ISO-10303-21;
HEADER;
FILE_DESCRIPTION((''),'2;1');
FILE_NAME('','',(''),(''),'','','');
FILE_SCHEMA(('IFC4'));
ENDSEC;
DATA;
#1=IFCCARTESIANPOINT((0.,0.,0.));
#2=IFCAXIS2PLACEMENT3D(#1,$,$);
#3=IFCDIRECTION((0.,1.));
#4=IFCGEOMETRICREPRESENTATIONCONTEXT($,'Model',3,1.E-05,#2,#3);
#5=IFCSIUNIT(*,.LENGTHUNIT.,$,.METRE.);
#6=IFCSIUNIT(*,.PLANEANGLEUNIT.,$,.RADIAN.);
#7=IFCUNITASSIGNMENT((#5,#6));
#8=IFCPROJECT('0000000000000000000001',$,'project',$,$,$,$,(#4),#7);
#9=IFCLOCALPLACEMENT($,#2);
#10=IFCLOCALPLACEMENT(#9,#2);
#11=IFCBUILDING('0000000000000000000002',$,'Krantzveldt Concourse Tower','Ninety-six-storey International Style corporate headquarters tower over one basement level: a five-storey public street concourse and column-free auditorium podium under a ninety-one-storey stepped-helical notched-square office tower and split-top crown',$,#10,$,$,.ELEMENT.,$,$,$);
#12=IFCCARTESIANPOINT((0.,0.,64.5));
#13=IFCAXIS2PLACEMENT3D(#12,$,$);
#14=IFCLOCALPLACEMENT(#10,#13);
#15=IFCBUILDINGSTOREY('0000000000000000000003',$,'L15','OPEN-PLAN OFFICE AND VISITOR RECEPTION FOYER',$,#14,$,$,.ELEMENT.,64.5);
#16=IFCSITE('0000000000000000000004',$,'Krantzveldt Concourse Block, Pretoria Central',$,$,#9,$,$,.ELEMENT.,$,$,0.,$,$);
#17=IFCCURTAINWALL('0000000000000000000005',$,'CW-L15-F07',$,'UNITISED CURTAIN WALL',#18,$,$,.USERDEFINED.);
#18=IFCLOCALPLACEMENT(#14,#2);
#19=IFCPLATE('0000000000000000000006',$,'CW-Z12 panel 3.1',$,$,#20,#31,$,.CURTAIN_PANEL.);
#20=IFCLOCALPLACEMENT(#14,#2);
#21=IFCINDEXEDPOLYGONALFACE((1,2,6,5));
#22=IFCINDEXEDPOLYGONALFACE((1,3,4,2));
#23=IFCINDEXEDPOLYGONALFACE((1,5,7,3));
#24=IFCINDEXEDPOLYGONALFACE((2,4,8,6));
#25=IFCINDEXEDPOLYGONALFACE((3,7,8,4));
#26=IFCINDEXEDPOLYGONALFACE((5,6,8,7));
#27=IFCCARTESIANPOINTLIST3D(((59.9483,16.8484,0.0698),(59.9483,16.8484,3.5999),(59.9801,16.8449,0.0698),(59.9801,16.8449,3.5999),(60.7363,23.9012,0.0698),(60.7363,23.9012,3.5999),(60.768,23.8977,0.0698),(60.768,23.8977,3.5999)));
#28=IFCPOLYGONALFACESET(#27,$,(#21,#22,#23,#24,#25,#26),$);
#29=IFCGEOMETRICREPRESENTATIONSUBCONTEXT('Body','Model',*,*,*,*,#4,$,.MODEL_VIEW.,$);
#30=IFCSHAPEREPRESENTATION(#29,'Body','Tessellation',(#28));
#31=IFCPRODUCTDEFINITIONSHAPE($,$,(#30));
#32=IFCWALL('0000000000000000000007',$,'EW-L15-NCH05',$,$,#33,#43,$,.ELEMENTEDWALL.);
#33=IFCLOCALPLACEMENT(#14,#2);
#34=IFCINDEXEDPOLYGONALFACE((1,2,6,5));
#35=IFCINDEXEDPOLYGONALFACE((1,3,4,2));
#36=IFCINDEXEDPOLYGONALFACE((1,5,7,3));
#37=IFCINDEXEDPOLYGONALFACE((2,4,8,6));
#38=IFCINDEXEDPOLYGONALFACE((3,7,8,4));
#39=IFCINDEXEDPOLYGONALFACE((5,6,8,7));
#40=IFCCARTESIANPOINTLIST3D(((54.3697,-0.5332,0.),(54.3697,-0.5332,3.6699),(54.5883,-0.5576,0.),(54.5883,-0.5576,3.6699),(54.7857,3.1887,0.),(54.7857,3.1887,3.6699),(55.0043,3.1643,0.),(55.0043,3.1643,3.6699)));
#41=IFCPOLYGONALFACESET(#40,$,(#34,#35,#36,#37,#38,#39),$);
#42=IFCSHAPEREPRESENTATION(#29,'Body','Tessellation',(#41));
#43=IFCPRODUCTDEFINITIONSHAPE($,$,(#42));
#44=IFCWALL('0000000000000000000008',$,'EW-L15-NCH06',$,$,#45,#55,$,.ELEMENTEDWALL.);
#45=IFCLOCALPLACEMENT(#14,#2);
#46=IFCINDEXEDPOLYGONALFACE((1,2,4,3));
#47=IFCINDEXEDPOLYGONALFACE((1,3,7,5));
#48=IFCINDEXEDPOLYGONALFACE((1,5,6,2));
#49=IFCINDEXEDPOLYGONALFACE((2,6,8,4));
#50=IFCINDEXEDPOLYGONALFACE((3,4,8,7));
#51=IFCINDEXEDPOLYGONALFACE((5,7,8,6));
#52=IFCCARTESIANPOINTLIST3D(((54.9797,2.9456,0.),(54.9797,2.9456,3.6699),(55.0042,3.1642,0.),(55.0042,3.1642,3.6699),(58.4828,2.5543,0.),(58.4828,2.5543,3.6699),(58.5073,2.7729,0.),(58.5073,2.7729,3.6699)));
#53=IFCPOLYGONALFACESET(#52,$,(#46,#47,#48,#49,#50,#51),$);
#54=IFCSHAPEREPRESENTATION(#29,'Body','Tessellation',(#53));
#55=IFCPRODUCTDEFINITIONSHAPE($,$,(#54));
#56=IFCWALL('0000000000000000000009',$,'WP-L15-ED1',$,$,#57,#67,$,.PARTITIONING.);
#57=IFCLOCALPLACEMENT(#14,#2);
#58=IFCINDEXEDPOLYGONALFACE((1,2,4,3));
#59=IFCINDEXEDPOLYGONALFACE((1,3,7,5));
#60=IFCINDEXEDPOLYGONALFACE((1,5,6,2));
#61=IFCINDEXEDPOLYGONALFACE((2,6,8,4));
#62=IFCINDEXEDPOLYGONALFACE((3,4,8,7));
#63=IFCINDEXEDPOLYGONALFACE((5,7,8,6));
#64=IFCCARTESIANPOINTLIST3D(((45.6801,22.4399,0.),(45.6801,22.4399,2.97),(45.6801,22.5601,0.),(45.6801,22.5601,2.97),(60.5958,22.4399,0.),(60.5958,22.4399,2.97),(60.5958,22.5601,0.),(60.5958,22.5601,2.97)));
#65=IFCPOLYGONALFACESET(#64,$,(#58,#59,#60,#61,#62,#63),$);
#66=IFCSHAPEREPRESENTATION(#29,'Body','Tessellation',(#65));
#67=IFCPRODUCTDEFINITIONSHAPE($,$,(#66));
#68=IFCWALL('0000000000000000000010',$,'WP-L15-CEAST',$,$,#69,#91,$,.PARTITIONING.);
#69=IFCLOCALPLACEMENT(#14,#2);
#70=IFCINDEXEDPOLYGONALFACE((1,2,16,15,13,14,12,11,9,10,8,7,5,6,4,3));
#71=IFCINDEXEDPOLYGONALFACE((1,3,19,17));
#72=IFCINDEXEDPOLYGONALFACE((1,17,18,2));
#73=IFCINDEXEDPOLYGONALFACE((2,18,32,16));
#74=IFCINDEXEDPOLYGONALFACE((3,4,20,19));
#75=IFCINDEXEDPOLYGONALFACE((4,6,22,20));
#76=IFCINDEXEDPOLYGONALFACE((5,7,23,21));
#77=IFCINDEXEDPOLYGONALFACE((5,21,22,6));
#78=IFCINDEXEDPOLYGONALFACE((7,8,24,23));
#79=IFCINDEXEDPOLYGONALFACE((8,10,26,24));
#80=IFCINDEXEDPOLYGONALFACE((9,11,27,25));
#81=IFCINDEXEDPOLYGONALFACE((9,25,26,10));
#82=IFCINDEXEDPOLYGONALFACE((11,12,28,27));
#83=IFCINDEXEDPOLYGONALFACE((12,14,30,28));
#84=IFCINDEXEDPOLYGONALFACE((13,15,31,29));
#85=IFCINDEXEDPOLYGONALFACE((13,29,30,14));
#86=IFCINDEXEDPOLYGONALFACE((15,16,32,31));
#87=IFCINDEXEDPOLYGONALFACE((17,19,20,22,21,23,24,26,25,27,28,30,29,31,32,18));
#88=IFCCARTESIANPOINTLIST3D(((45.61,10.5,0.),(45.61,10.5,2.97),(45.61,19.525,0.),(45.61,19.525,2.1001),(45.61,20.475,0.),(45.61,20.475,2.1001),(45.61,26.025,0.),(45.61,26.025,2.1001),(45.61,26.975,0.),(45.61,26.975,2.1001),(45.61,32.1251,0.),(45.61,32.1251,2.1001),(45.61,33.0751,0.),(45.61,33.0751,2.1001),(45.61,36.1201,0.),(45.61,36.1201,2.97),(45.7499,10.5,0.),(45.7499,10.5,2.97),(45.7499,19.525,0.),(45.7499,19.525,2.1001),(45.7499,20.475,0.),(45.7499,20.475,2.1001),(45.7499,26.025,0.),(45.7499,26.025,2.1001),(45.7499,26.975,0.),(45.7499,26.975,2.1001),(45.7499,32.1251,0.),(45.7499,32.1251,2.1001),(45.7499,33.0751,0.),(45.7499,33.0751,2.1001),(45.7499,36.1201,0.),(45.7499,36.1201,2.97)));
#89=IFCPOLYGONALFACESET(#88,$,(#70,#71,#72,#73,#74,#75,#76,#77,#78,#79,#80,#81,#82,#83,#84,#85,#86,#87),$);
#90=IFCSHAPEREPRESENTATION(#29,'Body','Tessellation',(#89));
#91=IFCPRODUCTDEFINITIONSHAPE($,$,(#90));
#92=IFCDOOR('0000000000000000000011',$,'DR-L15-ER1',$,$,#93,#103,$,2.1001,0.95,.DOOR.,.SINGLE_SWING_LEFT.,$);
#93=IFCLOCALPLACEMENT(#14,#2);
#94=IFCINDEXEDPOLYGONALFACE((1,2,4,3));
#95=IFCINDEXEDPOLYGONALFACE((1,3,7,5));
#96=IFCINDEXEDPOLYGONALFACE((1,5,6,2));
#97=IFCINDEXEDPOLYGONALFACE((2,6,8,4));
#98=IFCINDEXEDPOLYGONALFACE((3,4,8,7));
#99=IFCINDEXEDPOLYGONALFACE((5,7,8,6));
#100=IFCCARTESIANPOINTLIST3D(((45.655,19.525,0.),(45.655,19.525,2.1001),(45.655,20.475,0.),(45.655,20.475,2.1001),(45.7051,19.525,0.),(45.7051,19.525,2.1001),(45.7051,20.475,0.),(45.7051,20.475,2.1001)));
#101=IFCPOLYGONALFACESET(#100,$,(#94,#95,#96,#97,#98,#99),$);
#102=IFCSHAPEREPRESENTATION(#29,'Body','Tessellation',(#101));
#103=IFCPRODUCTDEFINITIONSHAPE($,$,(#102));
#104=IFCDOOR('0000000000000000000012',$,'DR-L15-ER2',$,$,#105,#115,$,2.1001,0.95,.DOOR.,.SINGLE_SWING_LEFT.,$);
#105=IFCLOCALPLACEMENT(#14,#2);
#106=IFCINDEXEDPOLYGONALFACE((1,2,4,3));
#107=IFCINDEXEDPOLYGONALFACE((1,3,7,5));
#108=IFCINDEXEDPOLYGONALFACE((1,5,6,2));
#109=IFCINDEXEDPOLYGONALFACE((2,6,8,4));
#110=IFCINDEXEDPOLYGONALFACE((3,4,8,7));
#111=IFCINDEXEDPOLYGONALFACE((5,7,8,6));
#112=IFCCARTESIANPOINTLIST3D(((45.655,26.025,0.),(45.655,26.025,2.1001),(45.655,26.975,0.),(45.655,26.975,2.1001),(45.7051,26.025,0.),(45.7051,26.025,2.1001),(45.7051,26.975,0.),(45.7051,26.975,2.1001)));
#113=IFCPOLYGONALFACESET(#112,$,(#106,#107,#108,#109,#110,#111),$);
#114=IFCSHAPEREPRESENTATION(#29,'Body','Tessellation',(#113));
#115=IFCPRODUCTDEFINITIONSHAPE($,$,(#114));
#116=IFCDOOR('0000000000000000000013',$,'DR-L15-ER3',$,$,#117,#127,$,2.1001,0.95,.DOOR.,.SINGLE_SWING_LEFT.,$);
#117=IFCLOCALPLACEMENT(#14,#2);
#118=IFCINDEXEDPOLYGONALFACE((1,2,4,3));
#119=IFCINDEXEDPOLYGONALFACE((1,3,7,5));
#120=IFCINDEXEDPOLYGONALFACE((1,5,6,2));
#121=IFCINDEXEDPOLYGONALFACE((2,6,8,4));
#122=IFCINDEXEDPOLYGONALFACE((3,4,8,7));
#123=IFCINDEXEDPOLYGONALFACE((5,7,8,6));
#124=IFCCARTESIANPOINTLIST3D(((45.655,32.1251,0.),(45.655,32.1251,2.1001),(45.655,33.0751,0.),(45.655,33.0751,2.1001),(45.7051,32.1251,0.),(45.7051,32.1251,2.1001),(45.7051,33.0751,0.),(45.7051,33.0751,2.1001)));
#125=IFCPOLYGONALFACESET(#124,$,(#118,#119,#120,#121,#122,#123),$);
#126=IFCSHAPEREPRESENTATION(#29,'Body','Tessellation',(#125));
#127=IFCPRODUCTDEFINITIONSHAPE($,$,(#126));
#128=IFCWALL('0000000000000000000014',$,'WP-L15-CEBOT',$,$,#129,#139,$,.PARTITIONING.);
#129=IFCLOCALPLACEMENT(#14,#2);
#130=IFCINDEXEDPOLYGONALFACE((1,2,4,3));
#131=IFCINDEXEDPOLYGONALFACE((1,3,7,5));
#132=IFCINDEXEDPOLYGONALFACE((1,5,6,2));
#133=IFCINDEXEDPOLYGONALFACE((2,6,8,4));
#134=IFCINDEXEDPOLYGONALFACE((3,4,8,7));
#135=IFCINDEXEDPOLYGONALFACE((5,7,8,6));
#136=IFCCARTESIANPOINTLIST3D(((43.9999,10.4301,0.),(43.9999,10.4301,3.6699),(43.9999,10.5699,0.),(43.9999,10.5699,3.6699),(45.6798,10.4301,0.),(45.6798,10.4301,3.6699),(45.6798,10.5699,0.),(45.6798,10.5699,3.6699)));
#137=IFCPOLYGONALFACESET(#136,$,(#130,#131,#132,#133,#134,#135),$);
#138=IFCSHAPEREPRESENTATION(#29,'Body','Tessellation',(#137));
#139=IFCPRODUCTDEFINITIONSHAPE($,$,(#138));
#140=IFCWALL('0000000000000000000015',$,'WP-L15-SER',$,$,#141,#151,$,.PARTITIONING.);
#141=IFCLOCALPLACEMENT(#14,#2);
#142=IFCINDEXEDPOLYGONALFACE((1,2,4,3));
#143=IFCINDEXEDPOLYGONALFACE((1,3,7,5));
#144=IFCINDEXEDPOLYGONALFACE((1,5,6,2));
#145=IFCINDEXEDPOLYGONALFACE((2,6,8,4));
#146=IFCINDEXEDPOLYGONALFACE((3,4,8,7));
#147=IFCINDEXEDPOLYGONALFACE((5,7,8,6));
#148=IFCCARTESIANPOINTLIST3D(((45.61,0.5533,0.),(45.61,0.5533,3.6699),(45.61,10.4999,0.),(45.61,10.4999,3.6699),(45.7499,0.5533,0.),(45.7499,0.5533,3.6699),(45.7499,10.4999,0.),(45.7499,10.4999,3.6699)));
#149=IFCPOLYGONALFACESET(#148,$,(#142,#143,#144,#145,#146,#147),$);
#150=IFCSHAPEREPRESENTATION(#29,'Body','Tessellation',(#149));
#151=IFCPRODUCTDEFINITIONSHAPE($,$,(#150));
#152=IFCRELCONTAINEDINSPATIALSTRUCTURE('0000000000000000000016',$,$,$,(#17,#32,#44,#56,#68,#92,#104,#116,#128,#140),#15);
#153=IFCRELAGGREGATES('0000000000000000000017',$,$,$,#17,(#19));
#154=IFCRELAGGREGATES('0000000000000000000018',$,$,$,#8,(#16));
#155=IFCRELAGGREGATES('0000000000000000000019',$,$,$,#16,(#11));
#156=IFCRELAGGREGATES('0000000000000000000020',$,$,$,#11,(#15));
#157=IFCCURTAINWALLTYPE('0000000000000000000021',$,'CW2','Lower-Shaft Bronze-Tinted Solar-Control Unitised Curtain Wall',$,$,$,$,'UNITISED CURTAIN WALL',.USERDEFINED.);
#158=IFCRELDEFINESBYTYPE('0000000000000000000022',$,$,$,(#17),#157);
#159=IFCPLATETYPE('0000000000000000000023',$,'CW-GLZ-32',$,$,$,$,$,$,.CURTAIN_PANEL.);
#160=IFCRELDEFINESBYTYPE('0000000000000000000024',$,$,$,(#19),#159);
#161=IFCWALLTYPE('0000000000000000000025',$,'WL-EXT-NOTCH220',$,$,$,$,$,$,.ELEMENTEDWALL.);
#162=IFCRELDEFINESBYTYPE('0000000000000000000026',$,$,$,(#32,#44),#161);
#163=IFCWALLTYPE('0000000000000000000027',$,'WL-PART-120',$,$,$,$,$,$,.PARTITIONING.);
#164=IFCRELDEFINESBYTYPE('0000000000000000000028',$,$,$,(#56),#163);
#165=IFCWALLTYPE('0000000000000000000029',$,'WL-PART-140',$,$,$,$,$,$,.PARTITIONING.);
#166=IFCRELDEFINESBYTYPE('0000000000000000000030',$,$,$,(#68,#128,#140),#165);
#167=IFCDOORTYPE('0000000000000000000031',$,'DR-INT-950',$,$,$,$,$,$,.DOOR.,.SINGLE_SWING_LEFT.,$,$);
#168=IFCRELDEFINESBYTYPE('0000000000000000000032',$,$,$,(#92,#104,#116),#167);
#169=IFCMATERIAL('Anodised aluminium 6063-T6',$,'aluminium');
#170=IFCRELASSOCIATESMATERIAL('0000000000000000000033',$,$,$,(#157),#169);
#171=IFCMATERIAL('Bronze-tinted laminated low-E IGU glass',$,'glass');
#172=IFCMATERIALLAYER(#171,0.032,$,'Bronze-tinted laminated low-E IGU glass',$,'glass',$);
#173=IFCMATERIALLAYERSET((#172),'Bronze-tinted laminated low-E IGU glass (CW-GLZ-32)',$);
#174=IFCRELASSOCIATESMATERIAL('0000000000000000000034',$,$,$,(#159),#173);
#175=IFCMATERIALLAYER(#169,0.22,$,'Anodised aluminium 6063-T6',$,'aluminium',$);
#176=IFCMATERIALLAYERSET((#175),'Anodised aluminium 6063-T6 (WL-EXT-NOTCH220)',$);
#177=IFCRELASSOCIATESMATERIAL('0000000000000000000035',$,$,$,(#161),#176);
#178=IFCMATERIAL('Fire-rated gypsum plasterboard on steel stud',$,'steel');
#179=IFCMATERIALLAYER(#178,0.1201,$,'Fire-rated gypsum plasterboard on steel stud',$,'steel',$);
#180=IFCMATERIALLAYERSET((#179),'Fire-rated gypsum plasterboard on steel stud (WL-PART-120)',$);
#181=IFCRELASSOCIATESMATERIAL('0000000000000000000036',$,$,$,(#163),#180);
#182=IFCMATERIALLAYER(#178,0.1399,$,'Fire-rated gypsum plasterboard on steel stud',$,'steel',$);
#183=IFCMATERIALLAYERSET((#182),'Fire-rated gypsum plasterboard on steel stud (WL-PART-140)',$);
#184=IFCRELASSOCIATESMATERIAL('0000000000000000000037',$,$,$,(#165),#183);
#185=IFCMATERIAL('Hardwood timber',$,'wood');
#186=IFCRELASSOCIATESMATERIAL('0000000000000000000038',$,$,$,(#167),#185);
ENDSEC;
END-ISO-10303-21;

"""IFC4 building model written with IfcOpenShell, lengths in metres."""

from ifc_helpers import new_model, si_unit, direction, frame, frame_2d, origin, origin_2d, place, context, subcontext, project, spatial, rectangle, extrude, source, transform, mapped, material, layer, layer_set, type_object, element, fill, aggregate, save


model = new_model("IFC4")

# Units and contexts
model_context = context("Model", 3, precision=1e-05, world=origin(), true_north=direction((0.0, 1.0)))
body_context = subcontext(model_context, "Body", "Model", "MODEL_VIEW")
ifc_project = project(units=[si_unit("LENGTHUNIT", "METRE"), si_unit("PLANEANGLEUNIT", "RADIAN")], contexts=[model_context])

# Site, building, storey
site_placement = place(None, origin())
site = spatial("IfcSite", under=ifc_project, at=site_placement, Name="Krantzveldt Concourse Block, Pretoria Central", CompositionType="ELEMENT", RefElevation=0.0)
building_placement = place(site_placement, origin())
building = spatial("IfcBuilding", under=site, at=building_placement, Name="Krantzveldt Concourse Tower", Description="Ninety-six-storey International Style corporate headquarters tower over one basement level: a five-storey public street concourse and column-free auditorium podium under a ninety-one-storey stepped-helical notched-square office tower and split-top crown", CompositionType="ELEMENT")
storey_placement = place(building_placement, frame((0.0, 0.0, 64.5)))
storey = spatial("IfcBuildingStorey", under=building, at=storey_placement, Name="L15", Description="OPEN-PLAN OFFICE AND VISITOR RECEPTION FOYER", CompositionType="ELEMENT", Elevation=64.5)

# Curtain wall
ifc_material_1 = material(Name="Anodised aluminium 6063-T6", Category="aluminium")
curtain_wall_type = type_object("IfcCurtainWallType", Name="CW2", Description="Lower-Shaft Bronze-Tinted Solar-Control Unitised Curtain Wall", ElementType="UNITISED CURTAIN WALL", PredefinedType="USERDEFINED", material=ifc_material_1)
curtain_wall_1_placement = place(storey_placement, origin())
curtain_wall_1 = element("IfcCurtainWall", 1, at=curtain_wall_1_placement, inside=storey, type_object=curtain_wall_type, Name="CW-L15-F07", ObjectType="UNITISED CURTAIN WALL", PredefinedType="USERDEFINED")

# Plate
ifc_material_2 = material(Name="Bronze-tinted laminated low-E IGU glass", Category="glass")
ifc_layer_1 = layer(ifc_material_2, 0.032, Name="Bronze-tinted laminated low-E IGU glass", Category="glass")
ifc_layer_set_1 = layer_set([ifc_layer_1], Name="Bronze-tinted laminated low-E IGU glass (CW-GLZ-32)")
plate_type = type_object("IfcPlateType", Name="CW-GLZ-32", PredefinedType="CURTAIN_PANEL", material=ifc_layer_set_1)
shared_shape_1 = source(origin(), body_context, "Body", "SweptSolid", [
    extrude(rectangle(XDim=7.0967, YDim=0.032, at=origin_2d()), origin(), (0.0, 0.0, 1.0), 3.53),
])
plate_1_placement = place(storey_placement, frame((60.3582, 20.373, 0.0698), z_axis=(0.0, 0.0, 1.0), x_axis=(0.111035, 0.993816, 0.0)))
plate_1 = element("IfcPlate", 2, at=plate_1_placement, type_object=plate_type, Name="CW-Z12 panel 3.1", PredefinedType="CURTAIN_PANEL", context=body_context, shape_type="MappedRepresentation", body=[
    mapped(shared_shape_1, transform((0.0, 0.0, 0.0), x_axis=(1.0, 0.0, 0.0), y_axis=(0.0, 1.0, 0.0), z_axis=(0.0, 0.0, 1.0), scale=1.0)),
])
aggregate(curtain_wall_1, [plate_1])

# Walls
ifc_layer_2 = layer(ifc_material_1, 0.22, Name="Anodised aluminium 6063-T6", Category="aluminium")
ifc_layer_set_2 = layer_set([ifc_layer_2], Name="Anodised aluminium 6063-T6 (WL-EXT-NOTCH220)")
wall_type_1 = type_object("IfcWallType", Name="WL-EXT-NOTCH220", PredefinedType="ELEMENTEDWALL", material=ifc_layer_set_2)
wall_1_placement = place(storey_placement, frame((54.479, -0.5454, 0.0), z_axis=(0.0, 0.0, 1.0), x_axis=(0.111083, 0.993811, 0.0)))
element("IfcWall", 3, at=wall_1_placement, inside=storey, type_object=wall_type_1, Name="EW-L15-NCH05", PredefinedType="ELEMENTEDWALL", context=body_context, shape_type="SweptSolid", body=[
    extrude(rectangle(XDim=3.7451, YDim=0.22, at=frame_2d((1.8726, 0.0))), origin(), (0.0, 0.0, 1.0), 3.6699),
])
wall_2_placement = place(storey_placement, frame((54.9919, 3.0549, 0.0), z_axis=(0.0, 0.0, 1.0), x_axis=(0.993818, -0.111024, 0.0)))
element("IfcWall", 4, at=wall_2_placement, inside=storey, type_object=wall_type_1, Name="EW-L15-NCH06", PredefinedType="ELEMENTEDWALL", context=body_context, shape_type="SweptSolid", body=[
    extrude(rectangle(XDim=3.5249, YDim=0.22, at=frame_2d((1.7625, 0.0))), origin(), (0.0, 0.0, 1.0), 3.6699),
])
ifc_material_3 = material(Name="Fire-rated gypsum plasterboard on steel stud", Category="steel")
ifc_layer_3 = layer(ifc_material_3, 0.1201, Name="Fire-rated gypsum plasterboard on steel stud", Category="steel")
ifc_layer_set_3 = layer_set([ifc_layer_3], Name="Fire-rated gypsum plasterboard on steel stud (WL-PART-120)")
wall_type_2 = type_object("IfcWallType", Name="WL-PART-120", PredefinedType="PARTITIONING", material=ifc_layer_set_3)
wall_3_placement = place(storey_placement, frame((45.6799, 22.5, 0.0), z_axis=(0.0, 0.0, 1.0), x_axis=(1.0, 0.0, 0.0)))
element("IfcWall", 5, at=wall_3_placement, inside=storey, type_object=wall_type_2, Name="WP-L15-ED1", PredefinedType="PARTITIONING", context=body_context, shape_type="SweptSolid", body=[
    extrude(rectangle(XDim=14.9158, YDim=0.1201, at=frame_2d((7.458, 0.0))), origin(), (0.0, 0.0, 1.0), 2.97),
])

# Wall, openings, doors
ifc_layer_4 = layer(ifc_material_3, 0.1399, Name="Fire-rated gypsum plasterboard on steel stud", Category="steel")
ifc_layer_set_4 = layer_set([ifc_layer_4], Name="Fire-rated gypsum plasterboard on steel stud (WL-PART-140)")
wall_type_3 = type_object("IfcWallType", Name="WL-PART-140", PredefinedType="PARTITIONING", material=ifc_layer_set_4)
wall_4_placement = place(storey_placement, frame((45.6799, 10.5, 0.0), z_axis=(0.0, 0.0, 1.0), x_axis=(0.0, 1.0, 0.0)))
wall_4 = element("IfcWall", 6, at=wall_4_placement, inside=storey, type_object=wall_type_3, Name="WP-L15-CEAST", PredefinedType="PARTITIONING", context=body_context, shape_type="SweptSolid", body=[
    extrude(rectangle(XDim=25.6201, YDim=0.1399, at=frame_2d((12.8101, 0.0))), origin(), (0.0, 0.0, 1.0), 2.97),
])
opening_1_placement = place(wall_4_placement, frame((9.0249, 0.0, 0.0)))
opening_1 = element("IfcOpeningElement", 7, at=opening_1_placement, cuts=wall_4, PredefinedType="OPENING", context=body_context, shape_type="SweptSolid", body=[
    extrude(rectangle(XDim=0.95, YDim=2.1001, at=frame_2d((0.4751, 1.05))), frame((0.0, 0.0801, 0.0), z_axis=(0.0, -1.0, 0.0), x_axis=(1.0, 0.0, 0.0)), (0.0, 0.0, 1.0), 0.1599),
])
opening_2_placement = place(wall_4_placement, frame((15.5249, 0.0, 0.0)))
opening_2 = element("IfcOpeningElement", 8, at=opening_2_placement, cuts=wall_4, PredefinedType="OPENING", context=body_context, shape_type="SweptSolid", body=[
    extrude(rectangle(XDim=0.95, YDim=2.1001, at=frame_2d((0.4751, 1.05))), frame((0.0, 0.0801, 0.0), z_axis=(0.0, -1.0, 0.0), x_axis=(1.0, 0.0, 0.0)), (0.0, 0.0, 1.0), 0.1599),
])
opening_3_placement = place(wall_4_placement, frame((21.625, 0.0, 0.0)))
opening_3 = element("IfcOpeningElement", 9, at=opening_3_placement, cuts=wall_4, PredefinedType="OPENING", context=body_context, shape_type="SweptSolid", body=[
    extrude(rectangle(XDim=0.95, YDim=2.1001, at=frame_2d((0.4751, 1.05))), frame((0.0, 0.0801, 0.0), z_axis=(0.0, -1.0, 0.0), x_axis=(1.0, 0.0, 0.0)), (0.0, 0.0, 1.0), 0.1599),
])
ifc_material_4 = material(Name="Hardwood timber", Category="wood")
door_type = type_object("IfcDoorType", Name="DR-INT-950", OperationType="SINGLE_SWING_LEFT", PredefinedType="DOOR", material=ifc_material_4)
door_1_placement = place(opening_1_placement, origin())
door_1 = element("IfcDoor", 10, at=door_1_placement, inside=storey, type_object=door_type, Name="DR-L15-ER1", OperationType="SINGLE_SWING_LEFT", OverallHeight=2.1001, OverallWidth=0.95, PredefinedType="DOOR", context=body_context, shape_type="SweptSolid", body=[
    extrude(rectangle(XDim=0.95, YDim=2.1001, at=frame_2d((0.4751, 1.05))), frame((0.0, 0.0249, 0.0), z_axis=(0.0, -1.0, 0.0), x_axis=(1.0, 0.0, 0.0)), (0.0, 0.0, 1.0), 0.05),
])
fill(opening_1, door_1)
door_2_placement = place(opening_2_placement, origin())
door_2 = element("IfcDoor", 11, at=door_2_placement, inside=storey, type_object=door_type, Name="DR-L15-ER2", OperationType="SINGLE_SWING_LEFT", OverallHeight=2.1001, OverallWidth=0.95, PredefinedType="DOOR", context=body_context, shape_type="SweptSolid", body=[
    extrude(rectangle(XDim=0.95, YDim=2.1001, at=frame_2d((0.4751, 1.05))), frame((0.0, 0.0249, 0.0), z_axis=(0.0, -1.0, 0.0), x_axis=(1.0, 0.0, 0.0)), (0.0, 0.0, 1.0), 0.05),
])
fill(opening_2, door_2)
door_3_placement = place(opening_3_placement, origin())
door_3 = element("IfcDoor", 12, at=door_3_placement, inside=storey, type_object=door_type, Name="DR-L15-ER3", OperationType="SINGLE_SWING_LEFT", OverallHeight=2.1001, OverallWidth=0.95, PredefinedType="DOOR", context=body_context, shape_type="SweptSolid", body=[
    extrude(rectangle(XDim=0.95, YDim=2.1001, at=frame_2d((0.4751, 1.05))), frame((0.0, 0.0249, 0.0), z_axis=(0.0, -1.0, 0.0), x_axis=(1.0, 0.0, 0.0)), (0.0, 0.0, 1.0), 0.05),
])
fill(opening_3, door_3)

# Walls
wall_5_placement = place(storey_placement, frame((44.0, 10.5, 0.0), z_axis=(0.0, 0.0, 1.0), x_axis=(1.0, 0.0, 0.0)))
element("IfcWall", 13, at=wall_5_placement, inside=storey, type_object=wall_type_3, Name="WP-L15-CEBOT", PredefinedType="PARTITIONING", context=body_context, shape_type="SweptSolid", body=[
    extrude(rectangle(XDim=1.6799, YDim=0.1399, at=frame_2d((0.8398, 0.0))), origin(), (0.0, 0.0, 1.0), 3.6699),
])
wall_6_placement = place(storey_placement, frame((45.6799, 0.5535, 0.0), z_axis=(0.0, 0.0, 1.0), x_axis=(0.0, 1.0, 0.0)))
element("IfcWall", 14, at=wall_6_placement, inside=storey, type_object=wall_type_3, Name="WP-L15-SER", PredefinedType="PARTITIONING", context=body_context, shape_type="SweptSolid", body=[
    extrude(rectangle(XDim=9.9465, YDim=0.1399, at=frame_2d((4.9731, 0.0))), origin(), (0.0, 0.0, 1.0), 3.6699),
])

save(model, "model.ifc")
